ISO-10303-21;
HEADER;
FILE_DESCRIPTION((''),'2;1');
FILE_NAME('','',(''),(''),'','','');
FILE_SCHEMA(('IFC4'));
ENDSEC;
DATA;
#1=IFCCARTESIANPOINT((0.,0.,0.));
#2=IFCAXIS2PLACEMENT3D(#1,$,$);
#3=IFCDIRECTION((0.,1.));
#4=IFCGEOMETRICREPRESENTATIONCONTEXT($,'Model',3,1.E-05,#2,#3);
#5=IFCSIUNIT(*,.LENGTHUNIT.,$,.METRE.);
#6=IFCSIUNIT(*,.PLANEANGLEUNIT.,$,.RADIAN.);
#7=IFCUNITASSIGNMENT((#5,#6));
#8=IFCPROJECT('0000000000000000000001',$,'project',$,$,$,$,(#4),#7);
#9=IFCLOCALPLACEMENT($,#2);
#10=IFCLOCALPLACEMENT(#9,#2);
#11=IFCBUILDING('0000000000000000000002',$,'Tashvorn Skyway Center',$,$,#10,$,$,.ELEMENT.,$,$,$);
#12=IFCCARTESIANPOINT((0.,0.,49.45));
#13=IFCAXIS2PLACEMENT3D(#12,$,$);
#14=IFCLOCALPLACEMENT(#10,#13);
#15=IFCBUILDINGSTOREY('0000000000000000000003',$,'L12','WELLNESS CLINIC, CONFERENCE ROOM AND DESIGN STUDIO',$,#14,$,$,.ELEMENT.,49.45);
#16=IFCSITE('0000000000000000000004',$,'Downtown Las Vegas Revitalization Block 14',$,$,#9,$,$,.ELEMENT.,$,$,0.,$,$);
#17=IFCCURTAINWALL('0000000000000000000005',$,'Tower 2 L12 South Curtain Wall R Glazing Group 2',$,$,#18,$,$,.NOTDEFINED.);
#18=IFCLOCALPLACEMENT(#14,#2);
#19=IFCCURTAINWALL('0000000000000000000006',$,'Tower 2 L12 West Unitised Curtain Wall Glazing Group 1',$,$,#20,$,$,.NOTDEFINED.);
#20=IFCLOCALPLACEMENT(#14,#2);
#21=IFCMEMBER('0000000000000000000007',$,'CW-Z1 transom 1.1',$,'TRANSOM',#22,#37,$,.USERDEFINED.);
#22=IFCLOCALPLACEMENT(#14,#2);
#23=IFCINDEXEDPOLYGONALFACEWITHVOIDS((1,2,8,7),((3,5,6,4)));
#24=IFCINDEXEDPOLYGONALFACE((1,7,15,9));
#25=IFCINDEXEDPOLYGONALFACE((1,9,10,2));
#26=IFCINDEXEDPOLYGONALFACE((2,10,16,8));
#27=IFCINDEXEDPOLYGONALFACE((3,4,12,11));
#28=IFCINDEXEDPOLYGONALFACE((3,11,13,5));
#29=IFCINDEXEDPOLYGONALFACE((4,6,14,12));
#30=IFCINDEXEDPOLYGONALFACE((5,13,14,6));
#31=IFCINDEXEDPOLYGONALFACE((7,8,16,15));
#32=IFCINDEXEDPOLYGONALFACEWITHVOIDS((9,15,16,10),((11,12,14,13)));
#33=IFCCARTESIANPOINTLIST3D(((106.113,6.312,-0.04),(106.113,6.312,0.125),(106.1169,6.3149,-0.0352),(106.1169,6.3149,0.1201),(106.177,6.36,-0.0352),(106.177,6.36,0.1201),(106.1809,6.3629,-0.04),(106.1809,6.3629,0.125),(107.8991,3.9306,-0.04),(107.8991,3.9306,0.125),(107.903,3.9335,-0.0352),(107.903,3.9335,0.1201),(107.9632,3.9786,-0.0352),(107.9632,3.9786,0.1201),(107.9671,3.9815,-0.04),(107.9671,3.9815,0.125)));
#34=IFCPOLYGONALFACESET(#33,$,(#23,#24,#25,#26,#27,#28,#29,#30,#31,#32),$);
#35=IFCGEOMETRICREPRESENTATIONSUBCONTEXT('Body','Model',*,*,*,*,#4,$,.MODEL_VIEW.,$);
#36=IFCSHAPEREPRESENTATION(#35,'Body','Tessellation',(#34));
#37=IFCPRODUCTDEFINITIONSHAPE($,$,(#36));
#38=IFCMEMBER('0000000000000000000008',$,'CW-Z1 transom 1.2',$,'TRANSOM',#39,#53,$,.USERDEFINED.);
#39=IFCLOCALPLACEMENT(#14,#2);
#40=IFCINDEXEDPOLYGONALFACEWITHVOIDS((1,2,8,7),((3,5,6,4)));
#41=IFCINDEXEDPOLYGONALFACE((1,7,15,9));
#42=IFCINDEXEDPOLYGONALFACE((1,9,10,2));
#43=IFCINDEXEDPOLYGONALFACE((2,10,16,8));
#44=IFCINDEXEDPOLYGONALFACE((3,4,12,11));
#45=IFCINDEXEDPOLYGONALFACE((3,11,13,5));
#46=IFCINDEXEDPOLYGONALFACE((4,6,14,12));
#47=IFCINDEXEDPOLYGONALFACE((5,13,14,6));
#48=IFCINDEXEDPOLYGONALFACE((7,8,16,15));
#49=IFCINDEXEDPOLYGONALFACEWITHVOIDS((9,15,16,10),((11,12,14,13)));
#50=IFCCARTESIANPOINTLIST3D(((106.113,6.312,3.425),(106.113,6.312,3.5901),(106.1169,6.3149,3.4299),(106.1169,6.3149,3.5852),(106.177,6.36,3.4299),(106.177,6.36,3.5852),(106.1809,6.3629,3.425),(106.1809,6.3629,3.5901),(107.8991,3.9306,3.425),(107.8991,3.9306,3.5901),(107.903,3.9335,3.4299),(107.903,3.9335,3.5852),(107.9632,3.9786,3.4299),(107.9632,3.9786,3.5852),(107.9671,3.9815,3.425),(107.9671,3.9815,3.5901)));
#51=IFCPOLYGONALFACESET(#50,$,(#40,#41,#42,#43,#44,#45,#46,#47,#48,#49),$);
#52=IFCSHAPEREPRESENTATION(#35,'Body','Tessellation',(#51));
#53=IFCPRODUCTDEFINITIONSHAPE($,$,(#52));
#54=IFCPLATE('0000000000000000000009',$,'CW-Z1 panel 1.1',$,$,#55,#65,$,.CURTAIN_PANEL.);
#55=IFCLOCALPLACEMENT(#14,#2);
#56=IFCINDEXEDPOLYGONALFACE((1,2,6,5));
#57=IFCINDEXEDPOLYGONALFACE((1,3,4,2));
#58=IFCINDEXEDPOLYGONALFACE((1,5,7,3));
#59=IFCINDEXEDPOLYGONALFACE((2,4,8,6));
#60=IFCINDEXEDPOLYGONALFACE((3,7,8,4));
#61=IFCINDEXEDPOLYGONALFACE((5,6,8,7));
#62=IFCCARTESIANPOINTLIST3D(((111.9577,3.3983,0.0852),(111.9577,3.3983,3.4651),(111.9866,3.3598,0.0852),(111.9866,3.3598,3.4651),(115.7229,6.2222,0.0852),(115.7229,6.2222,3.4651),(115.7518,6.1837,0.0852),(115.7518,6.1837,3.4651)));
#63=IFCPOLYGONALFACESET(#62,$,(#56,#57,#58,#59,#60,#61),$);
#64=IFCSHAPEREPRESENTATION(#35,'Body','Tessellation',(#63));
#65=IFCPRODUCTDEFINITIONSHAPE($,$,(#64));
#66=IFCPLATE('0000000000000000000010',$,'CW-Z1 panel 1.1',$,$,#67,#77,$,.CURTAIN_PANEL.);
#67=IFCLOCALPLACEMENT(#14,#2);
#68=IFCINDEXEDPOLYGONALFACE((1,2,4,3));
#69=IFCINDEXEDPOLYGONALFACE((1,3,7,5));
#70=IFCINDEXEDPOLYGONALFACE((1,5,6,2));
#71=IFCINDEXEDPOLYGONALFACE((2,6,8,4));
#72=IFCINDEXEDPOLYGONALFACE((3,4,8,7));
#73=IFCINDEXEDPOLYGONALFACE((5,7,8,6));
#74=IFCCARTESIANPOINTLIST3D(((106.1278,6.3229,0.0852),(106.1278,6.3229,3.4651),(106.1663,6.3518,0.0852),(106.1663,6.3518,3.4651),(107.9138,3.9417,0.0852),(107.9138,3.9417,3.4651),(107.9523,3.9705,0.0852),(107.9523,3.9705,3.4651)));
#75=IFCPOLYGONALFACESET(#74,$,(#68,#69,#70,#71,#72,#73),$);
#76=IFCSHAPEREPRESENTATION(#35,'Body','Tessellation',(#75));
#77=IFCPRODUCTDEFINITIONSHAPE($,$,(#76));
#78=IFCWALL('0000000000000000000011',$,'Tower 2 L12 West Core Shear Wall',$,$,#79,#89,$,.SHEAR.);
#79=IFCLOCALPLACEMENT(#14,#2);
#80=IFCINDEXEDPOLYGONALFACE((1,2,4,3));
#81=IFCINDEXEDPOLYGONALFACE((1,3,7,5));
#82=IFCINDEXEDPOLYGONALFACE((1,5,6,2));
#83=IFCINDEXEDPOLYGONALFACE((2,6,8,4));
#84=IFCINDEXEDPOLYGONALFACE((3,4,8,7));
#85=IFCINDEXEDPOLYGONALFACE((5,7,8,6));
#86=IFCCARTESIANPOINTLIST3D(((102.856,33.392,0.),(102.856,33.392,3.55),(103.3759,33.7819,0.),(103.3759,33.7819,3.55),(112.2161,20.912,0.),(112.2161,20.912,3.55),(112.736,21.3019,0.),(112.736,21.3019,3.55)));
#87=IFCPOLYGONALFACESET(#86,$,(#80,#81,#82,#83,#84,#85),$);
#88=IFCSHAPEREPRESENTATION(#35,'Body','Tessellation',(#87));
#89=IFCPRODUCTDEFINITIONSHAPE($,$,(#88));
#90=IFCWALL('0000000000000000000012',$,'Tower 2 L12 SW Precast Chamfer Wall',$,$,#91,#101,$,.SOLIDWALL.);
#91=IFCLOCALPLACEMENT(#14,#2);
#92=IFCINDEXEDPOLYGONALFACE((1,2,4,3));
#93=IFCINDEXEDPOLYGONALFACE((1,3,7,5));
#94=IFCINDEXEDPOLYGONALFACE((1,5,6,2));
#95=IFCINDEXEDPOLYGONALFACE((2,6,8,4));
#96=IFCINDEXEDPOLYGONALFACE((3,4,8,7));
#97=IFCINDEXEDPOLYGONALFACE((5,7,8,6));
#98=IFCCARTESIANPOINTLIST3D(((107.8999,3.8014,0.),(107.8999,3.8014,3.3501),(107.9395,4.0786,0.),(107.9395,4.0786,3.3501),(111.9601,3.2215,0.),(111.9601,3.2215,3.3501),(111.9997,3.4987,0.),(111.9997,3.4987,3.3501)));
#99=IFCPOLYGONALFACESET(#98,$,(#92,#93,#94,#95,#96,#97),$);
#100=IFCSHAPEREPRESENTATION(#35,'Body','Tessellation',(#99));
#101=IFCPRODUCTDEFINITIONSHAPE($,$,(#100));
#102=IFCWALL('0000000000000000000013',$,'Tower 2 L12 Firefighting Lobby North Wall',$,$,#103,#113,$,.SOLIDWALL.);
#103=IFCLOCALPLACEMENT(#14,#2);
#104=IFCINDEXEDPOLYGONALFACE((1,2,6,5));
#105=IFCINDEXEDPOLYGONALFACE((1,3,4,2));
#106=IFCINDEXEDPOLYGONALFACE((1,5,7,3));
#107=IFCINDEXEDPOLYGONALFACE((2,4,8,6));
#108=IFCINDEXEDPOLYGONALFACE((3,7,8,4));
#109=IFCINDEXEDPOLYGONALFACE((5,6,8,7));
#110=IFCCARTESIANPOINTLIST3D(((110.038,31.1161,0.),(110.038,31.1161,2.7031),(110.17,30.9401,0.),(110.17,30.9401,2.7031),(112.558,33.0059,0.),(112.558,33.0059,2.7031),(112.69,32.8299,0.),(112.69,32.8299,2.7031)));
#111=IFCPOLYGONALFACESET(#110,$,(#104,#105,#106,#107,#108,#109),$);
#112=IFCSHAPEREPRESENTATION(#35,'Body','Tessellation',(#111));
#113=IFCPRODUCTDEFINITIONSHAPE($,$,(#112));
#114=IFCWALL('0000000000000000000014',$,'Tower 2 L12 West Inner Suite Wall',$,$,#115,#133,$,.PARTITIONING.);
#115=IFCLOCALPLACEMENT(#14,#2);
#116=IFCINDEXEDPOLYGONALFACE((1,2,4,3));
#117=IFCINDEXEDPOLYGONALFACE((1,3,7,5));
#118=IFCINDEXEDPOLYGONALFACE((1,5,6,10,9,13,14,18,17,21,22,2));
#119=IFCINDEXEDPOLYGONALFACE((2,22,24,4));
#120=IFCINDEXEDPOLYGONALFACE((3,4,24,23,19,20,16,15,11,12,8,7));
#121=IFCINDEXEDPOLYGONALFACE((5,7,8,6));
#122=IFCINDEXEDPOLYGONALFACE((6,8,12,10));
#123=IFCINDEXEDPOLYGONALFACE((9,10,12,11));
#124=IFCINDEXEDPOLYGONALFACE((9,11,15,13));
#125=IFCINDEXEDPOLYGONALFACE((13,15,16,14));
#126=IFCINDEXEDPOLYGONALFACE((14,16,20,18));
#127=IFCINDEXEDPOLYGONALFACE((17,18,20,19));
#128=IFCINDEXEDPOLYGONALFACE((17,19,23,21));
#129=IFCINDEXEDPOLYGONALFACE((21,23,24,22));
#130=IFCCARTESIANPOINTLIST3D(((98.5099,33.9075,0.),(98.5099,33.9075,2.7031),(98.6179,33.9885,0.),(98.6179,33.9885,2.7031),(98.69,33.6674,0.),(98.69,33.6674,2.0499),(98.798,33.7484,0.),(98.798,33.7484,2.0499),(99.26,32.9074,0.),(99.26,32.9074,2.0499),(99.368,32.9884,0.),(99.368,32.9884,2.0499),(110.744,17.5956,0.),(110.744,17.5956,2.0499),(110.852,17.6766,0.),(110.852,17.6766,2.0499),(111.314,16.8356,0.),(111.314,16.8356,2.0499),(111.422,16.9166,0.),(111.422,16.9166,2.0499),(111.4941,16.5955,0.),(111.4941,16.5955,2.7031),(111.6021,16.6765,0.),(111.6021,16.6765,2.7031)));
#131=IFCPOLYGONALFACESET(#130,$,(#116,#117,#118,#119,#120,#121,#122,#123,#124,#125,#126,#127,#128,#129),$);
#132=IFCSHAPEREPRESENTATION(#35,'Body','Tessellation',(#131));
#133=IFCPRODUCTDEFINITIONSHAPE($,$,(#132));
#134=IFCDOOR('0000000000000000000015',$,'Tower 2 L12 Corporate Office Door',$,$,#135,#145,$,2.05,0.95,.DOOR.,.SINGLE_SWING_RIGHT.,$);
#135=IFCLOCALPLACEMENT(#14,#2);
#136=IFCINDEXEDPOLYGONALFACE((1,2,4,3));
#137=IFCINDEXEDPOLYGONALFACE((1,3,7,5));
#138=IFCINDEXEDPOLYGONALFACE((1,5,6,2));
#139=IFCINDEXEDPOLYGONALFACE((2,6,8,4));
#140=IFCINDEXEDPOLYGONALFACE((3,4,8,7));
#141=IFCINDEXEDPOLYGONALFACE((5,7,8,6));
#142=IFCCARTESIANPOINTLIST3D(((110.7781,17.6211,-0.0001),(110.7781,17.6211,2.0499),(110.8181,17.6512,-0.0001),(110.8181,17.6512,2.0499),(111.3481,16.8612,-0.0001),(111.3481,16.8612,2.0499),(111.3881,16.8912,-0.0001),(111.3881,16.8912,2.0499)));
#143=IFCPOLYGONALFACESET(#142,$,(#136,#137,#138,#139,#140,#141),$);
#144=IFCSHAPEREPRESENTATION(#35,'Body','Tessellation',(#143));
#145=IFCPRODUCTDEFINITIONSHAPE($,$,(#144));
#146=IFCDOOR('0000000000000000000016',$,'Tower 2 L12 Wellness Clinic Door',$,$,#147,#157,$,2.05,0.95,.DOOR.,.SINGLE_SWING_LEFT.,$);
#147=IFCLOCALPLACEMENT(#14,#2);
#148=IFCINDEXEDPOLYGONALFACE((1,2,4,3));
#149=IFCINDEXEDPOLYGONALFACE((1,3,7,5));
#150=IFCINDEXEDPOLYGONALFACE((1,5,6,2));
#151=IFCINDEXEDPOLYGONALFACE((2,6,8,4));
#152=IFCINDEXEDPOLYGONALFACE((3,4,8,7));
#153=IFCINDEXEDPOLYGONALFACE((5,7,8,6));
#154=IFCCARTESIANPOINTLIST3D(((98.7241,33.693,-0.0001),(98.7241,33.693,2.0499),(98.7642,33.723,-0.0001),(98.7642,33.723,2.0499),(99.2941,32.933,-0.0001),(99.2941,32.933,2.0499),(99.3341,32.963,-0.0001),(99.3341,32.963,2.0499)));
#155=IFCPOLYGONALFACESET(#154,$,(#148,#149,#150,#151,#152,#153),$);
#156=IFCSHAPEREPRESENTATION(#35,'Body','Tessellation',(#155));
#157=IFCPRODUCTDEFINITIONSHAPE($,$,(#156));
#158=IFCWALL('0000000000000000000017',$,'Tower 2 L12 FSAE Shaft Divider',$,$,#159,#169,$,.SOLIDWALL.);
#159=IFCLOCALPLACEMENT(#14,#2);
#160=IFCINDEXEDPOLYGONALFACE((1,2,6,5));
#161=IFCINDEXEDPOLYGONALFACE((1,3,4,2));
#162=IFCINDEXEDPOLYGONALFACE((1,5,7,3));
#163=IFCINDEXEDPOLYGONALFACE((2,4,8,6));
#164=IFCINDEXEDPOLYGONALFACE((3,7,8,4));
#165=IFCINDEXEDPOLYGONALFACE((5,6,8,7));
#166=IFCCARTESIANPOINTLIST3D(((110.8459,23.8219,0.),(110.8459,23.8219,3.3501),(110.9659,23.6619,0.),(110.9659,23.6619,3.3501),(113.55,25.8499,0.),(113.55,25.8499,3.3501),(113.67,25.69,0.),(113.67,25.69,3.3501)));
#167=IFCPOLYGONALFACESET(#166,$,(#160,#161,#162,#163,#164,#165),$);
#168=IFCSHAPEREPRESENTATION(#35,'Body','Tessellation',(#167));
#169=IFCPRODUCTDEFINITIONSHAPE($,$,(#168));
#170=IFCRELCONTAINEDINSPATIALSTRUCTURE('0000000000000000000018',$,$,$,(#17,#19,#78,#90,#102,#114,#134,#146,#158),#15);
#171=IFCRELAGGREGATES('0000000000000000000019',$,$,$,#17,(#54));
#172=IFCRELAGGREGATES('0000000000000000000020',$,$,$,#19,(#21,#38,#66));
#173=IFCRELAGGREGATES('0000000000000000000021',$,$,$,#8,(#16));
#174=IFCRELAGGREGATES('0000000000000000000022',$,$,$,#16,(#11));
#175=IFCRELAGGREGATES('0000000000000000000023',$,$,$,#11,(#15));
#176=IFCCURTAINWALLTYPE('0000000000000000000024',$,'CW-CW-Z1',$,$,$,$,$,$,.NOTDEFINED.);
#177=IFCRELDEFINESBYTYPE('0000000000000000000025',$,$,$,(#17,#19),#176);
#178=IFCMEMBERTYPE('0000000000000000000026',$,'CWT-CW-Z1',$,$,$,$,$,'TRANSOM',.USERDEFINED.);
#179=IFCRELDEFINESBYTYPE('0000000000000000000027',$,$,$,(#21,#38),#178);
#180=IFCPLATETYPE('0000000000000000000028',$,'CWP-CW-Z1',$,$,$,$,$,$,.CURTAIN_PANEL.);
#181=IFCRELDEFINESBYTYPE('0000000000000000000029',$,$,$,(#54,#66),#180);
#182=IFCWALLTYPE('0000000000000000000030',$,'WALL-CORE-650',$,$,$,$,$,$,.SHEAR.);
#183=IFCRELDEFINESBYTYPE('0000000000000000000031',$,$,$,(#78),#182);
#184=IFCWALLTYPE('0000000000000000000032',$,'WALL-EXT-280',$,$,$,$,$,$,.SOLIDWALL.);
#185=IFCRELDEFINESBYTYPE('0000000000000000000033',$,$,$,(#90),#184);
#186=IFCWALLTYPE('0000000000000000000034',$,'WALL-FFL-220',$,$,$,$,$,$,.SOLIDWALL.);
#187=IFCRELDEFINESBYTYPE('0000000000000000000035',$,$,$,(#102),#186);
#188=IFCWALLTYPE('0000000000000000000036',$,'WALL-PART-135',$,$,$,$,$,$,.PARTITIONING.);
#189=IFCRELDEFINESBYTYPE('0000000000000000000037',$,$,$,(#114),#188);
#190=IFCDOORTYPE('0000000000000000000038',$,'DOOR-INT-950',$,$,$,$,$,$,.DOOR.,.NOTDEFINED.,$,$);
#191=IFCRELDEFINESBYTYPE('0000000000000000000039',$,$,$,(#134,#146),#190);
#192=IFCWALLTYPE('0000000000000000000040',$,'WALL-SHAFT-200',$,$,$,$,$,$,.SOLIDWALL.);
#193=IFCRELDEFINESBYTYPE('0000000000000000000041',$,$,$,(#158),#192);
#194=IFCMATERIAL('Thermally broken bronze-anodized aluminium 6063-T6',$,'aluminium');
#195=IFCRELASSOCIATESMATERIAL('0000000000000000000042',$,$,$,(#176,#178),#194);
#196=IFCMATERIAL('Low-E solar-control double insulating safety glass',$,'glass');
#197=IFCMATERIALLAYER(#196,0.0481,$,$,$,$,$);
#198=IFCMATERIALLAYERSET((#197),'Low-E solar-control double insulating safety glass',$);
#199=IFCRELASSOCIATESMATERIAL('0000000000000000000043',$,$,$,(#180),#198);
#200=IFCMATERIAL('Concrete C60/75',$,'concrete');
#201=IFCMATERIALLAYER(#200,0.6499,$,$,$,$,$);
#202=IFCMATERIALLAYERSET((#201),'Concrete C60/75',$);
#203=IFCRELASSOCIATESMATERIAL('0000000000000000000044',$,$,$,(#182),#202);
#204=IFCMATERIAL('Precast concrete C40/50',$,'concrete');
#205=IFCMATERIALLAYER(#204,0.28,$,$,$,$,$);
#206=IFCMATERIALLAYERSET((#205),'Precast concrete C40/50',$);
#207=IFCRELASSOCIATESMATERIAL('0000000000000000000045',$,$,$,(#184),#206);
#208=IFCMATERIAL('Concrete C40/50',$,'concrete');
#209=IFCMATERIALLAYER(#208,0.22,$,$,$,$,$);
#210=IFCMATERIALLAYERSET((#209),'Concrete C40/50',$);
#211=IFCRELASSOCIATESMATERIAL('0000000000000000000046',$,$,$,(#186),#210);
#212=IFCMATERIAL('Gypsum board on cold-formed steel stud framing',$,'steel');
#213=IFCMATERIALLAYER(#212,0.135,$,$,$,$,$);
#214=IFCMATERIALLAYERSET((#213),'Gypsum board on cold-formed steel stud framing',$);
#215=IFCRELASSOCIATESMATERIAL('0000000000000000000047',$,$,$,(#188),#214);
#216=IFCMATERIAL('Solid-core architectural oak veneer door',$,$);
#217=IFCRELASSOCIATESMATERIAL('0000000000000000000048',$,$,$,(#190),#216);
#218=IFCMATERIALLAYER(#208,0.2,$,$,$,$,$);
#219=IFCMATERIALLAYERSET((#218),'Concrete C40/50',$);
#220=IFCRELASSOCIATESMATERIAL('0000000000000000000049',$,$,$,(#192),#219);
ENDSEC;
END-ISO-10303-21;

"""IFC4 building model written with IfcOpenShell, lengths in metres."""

from ifc_helpers import new_model, si_unit, direction, frame, frame_2d, origin, origin_2d, place, context, subcontext, project, spatial, rectangle, hollow_rectangle, extrude, material, layer, layer_set, material_profile, profile_set, type_object, element, fill, aggregate, save


model = new_model("IFC4")

# Units and contexts
model_context = context("Model", 3, precision=1e-05, world=origin(), true_north=direction((0.0, 1.0)))
body_context = subcontext(model_context, "Body", "Model", "MODEL_VIEW")
ifc_project = project(units=[si_unit("LENGTHUNIT", "METRE"), si_unit("PLANEANGLEUNIT", "RADIAN")], contexts=[model_context])

# Site, building, storey
site_placement = place(None, origin())
site = spatial("IfcSite", under=ifc_project, at=site_placement, Name="Downtown Las Vegas Revitalization Block 14", CompositionType="ELEMENT", RefElevation=0.0)
building_placement = place(site_placement, origin())
building = spatial("IfcBuilding", under=site, at=building_placement, Name="Tashvorn Skyway Center", CompositionType="ELEMENT")
storey_placement = place(building_placement, frame((0.0, 0.0, 49.45)))
storey = spatial("IfcBuildingStorey", under=building, at=storey_placement, Name="L12", Description="WELLNESS CLINIC, CONFERENCE ROOM AND DESIGN STUDIO", CompositionType="ELEMENT", Elevation=49.45)

# Shared definitions
ifc_material_1 = material(Name="Concrete C60/75", Category="concrete")

# Curtain wall
ifc_material_2 = material(Name="Thermally broken bronze-anodized aluminium 6063-T6", Category="aluminium")
curtain_wall_type = type_object("IfcCurtainWallType", Name="CW-CW-Z1", PredefinedType="NOTDEFINED", material=ifc_material_2)
curtain_wall_1_placement = place(storey_placement, origin())
curtain_wall_1 = element("IfcCurtainWall", 1, at=curtain_wall_1_placement, inside=storey, type_object=curtain_wall_type, Name="Tower 2 L12 South Curtain Wall R Glazing Group 2", PredefinedType="NOTDEFINED")

# Curtain wall, members
curtain_wall_2_placement = place(storey_placement, origin())
curtain_wall_2 = element("IfcCurtainWall", 2, at=curtain_wall_2_placement, inside=storey, type_object=curtain_wall_type, Name="Tower 2 L12 West Unitised Curtain Wall Glazing Group 1", PredefinedType="NOTDEFINED")
ifc_material_profile_1 = material_profile(ifc_material_2, hollow_rectangle(XDim=0.085, YDim=0.165, WallThickness=0.0049, at=origin_2d()), Name="ALU-TRAN-85x165")
ifc_profile_set_1 = profile_set([ifc_material_profile_1], Name="Thermally broken bronze-anodized aluminium 6063-T6")
member_type_1 = type_object("IfcMemberType", Name="CWT-CW-Z1", ElementType="TRANSOM", PredefinedType="USERDEFINED", material=ifc_profile_set_1)
member_1_placement = place(storey_placement, frame((107.9331, 3.9561, 0.0425), z_axis=(-0.600026, 0.79998, 0.0), x_axis=(-0.79998, -0.600026, 0.0)))
member_1 = element("IfcMember", 3, at=member_1_placement, type_object=member_type_1, Name="CW-Z1 transom 1.1", ObjectType="TRANSOM", PredefinedType="USERDEFINED", context=body_context, shape_type="SweptSolid", body=[
    extrude(hollow_rectangle(XDim=0.085, YDim=0.165, WallThickness=0.0049, at=origin_2d()), origin(), (0.0, 0.0, 1.0), 2.9768),
])
member_2_placement = place(storey_placement, frame((107.9331, 3.9561, 3.5076), z_axis=(-0.600026, 0.79998, 0.0), x_axis=(-0.79998, -0.600026, 0.0)))
member_2 = element("IfcMember", 4, at=member_2_placement, type_object=member_type_1, Name="CW-Z1 transom 1.2", ObjectType="TRANSOM", PredefinedType="USERDEFINED", context=body_context, shape_type="SweptSolid", body=[
    extrude(hollow_rectangle(XDim=0.085, YDim=0.165, WallThickness=0.0049, at=origin_2d()), origin(), (0.0, 0.0, 1.0), 2.9768),
])

# Plates
ifc_material_3 = material(Name="Low-E solar-control double insulating safety glass", Category="glass")
ifc_layer_1 = layer(ifc_material_3, 0.0481)
ifc_layer_set_1 = layer_set([ifc_layer_1], Name="Low-E solar-control double insulating safety glass")
plate_type = type_object("IfcPlateType", Name="CWP-CW-Z1", PredefinedType="CURTAIN_PANEL", material=ifc_layer_set_1)
plate_1_placement = place(storey_placement, frame((113.8547, 4.791, 0.0852), z_axis=(0.0, 0.0, 1.0), x_axis=(-0.799998, -0.600003, 0.0)))
plate_1 = element("IfcPlate", 5, at=plate_1_placement, type_object=plate_type, Name="CW-Z1 panel 1.1", PredefinedType="CURTAIN_PANEL", context=body_context, shape_type="SweptSolid", body=[
    extrude(rectangle(XDim=4.7065, YDim=0.0481, at=origin_2d()), origin(), (0.0, 0.0, 1.0), 3.3799),
])
aggregate(curtain_wall_1, [plate_1])
plate_2_placement = place(storey_placement, frame((107.04, 5.1467, 0.0852), z_axis=(0.0, 0.0, 1.0), x_axis=(-0.600005, 0.799996, 0.0)))
plate_2 = element("IfcPlate", 6, at=plate_2_placement, type_object=plate_type, Name="CW-Z1 panel 1.1", PredefinedType="CURTAIN_PANEL", context=body_context, shape_type="SweptSolid", body=[
    extrude(rectangle(XDim=2.9766, YDim=0.0481, at=origin_2d()), origin(), (0.0, 0.0, 1.0), 3.3799),
])
aggregate(curtain_wall_2, [member_1, member_2, plate_2])

# Walls
ifc_layer_2 = layer(ifc_material_1, 0.6499)
ifc_layer_set_2 = layer_set([ifc_layer_2], Name="Concrete C60/75")
wall_type_1 = type_object("IfcWallType", Name="WALL-CORE-650", PredefinedType="SHEAR", material=ifc_layer_set_2)
wall_1_placement = place(storey_placement, frame((112.4761, 21.1069, 0.0), z_axis=(0.0, 0.0, 1.0), x_axis=(-0.600005, 0.799996, 0.0)))
element("IfcWall", 7, at=wall_1_placement, inside=storey, type_object=wall_type_1, Name="Tower 2 L12 West Core Shear Wall", PredefinedType="SHEAR", context=body_context, shape_type="SweptSolid", body=[
    extrude(rectangle(XDim=15.6001, YDim=0.6499, at=frame_2d((7.8, 0.0))), origin(), (0.0, 0.0, 1.0), 3.55),
])
ifc_material_4 = material(Name="Precast concrete C40/50", Category="concrete")
ifc_layer_3 = layer(ifc_material_4, 0.28)
ifc_layer_set_3 = layer_set([ifc_layer_3], Name="Precast concrete C40/50")
wall_type_2 = type_object("IfcWallType", Name="WALL-EXT-280", PredefinedType="SOLIDWALL", material=ifc_layer_set_3)
wall_2_placement = place(storey_placement, frame((111.98, 3.3601, 0.0), z_axis=(0.0, 0.0, 1.0), x_axis=(-0.989955, 0.14138, 0.0)))
element("IfcWall", 8, at=wall_2_placement, inside=storey, type_object=wall_type_2, Name="Tower 2 L12 SW Precast Chamfer Wall", PredefinedType="SOLIDWALL", context=body_context, shape_type="SweptSolid", body=[
    extrude(rectangle(XDim=4.1013, YDim=0.28, at=frame_2d((2.0508, 0.0))), origin(), (0.0, 0.0, 1.0), 3.3501),
])
ifc_material_5 = material(Name="Concrete C40/50", Category="concrete")
ifc_layer_4 = layer(ifc_material_5, 0.22)
ifc_layer_set_4 = layer_set([ifc_layer_4], Name="Concrete C40/50")
wall_type_3 = type_object("IfcWallType", Name="WALL-FFL-220", PredefinedType="SOLIDWALL", material=ifc_layer_set_4)
wall_3_placement = place(storey_placement, frame((110.104, 31.0281, 0.0), z_axis=(0.0, 0.0, 1.0), x_axis=(0.800019, 0.599975, 0.0)))
element("IfcWall", 9, at=wall_3_placement, inside=storey, type_object=wall_type_3, Name="Tower 2 L12 Firefighting Lobby North Wall", PredefinedType="SOLIDWALL", context=body_context, shape_type="SweptSolid", body=[
    extrude(rectangle(XDim=3.1499, YDim=0.22, at=frame_2d((1.575, 0.0))), origin(), (0.0, 0.0, 1.0), 2.7031),
])

# Wall, openings, doors
ifc_material_6 = material(Name="Gypsum board on cold-formed steel stud framing", Category="steel")
ifc_layer_5 = layer(ifc_material_6, 0.135)
ifc_layer_set_5 = layer_set([ifc_layer_5], Name="Gypsum board on cold-formed steel stud framing")
wall_type_4 = type_object("IfcWallType", Name="WALL-PART-135", PredefinedType="PARTITIONING", material=ifc_layer_set_5)
wall_4_placement = place(storey_placement, frame((111.5481, 16.636, 0.0), z_axis=(0.0, 0.0, 1.0), x_axis=(-0.600004, 0.799997, 0.0)))
wall_4 = element("IfcWall", 10, at=wall_4_placement, inside=storey, type_object=wall_type_4, Name="Tower 2 L12 West Inner Suite Wall", PredefinedType="PARTITIONING", context=body_context, shape_type="SweptSolid", body=[
    extrude(rectangle(XDim=21.6401, YDim=0.135, at=frame_2d((10.8201, 0.0))), origin(), (0.0, 0.0, 1.0), 2.7031),
])
opening_1_placement = place(wall_4_placement, frame((0.3, 0.0, 0.0)))
opening_1 = element("IfcOpeningElement", 11, at=opening_1_placement, cuts=wall_4, PredefinedType="OPENING", context=body_context, shape_type="SweptSolid", body=[
    extrude(rectangle(XDim=0.95, YDim=2.05, at=frame_2d((0.4751, 1.0249))), frame((0.0, 0.0774, 0.0), z_axis=(0.0, -1.0, 0.0), x_axis=(1.0, 0.0, 0.0)), (0.0, 0.0, 1.0), 0.155),
])
opening_2_placement = place(wall_4_placement, frame((20.3899, 0.0, 0.0)))
opening_2 = element("IfcOpeningElement", 12, at=opening_2_placement, cuts=wall_4, PredefinedType="OPENING", context=body_context, shape_type="SweptSolid", body=[
    extrude(rectangle(XDim=0.95, YDim=2.05, at=frame_2d((0.4751, 1.0249))), frame((0.0, 0.0774, 0.0), z_axis=(0.0, -1.0, 0.0), x_axis=(1.0, 0.0, 0.0)), (0.0, 0.0, 1.0), 0.155),
])
ifc_material_7 = material(Name="Solid-core architectural oak veneer door")
door_type_1 = type_object("IfcDoorType", Name="DOOR-INT-950", OperationType="NOTDEFINED", PredefinedType="DOOR", material=ifc_material_7)
door_1_placement = place(opening_1_placement, origin())
door_1 = element("IfcDoor", 13, at=door_1_placement, inside=storey, type_object=door_type_1, Name="Tower 2 L12 Corporate Office Door", OperationType="SINGLE_SWING_RIGHT", OverallHeight=2.05, OverallWidth=0.95, PredefinedType="DOOR", context=body_context, shape_type="SweptSolid", body=[
    extrude(rectangle(XDim=0.95, YDim=2.05, at=frame_2d((0.4751, 1.0249))), frame((0.0, 0.0249, 0.0), z_axis=(0.0, -1.0, 0.0), x_axis=(1.0, 0.0, 0.0)), (0.0, 0.0, 1.0), 0.05),
])
fill(opening_1, door_1)
door_2_placement = place(opening_2_placement, origin())
door_2 = element("IfcDoor", 14, at=door_2_placement, inside=storey, type_object=door_type_1, Name="Tower 2 L12 Wellness Clinic Door", OperationType="SINGLE_SWING_LEFT", OverallHeight=2.05, OverallWidth=0.95, PredefinedType="DOOR", context=body_context, shape_type="SweptSolid", body=[
    extrude(rectangle(XDim=0.95, YDim=2.05, at=frame_2d((0.4751, 1.0249))), frame((0.0, 0.0249, 0.0), z_axis=(0.0, -1.0, 0.0), x_axis=(1.0, 0.0, 0.0)), (0.0, 0.0, 1.0), 0.05),
])
fill(opening_2, door_2)

# Wall
ifc_layer_6 = layer(ifc_material_5, 0.2)
ifc_layer_set_6 = layer_set([ifc_layer_6], Name="Concrete C40/50")
wall_type_5 = type_object("IfcWallType", Name="WALL-SHAFT-200", PredefinedType="SOLIDWALL", material=ifc_layer_set_6)
for number, where, z_axis, x_axis, name in (
    (15, (110.906, 23.7419, 0.0), (0.0, 0.0, 1.0), (0.8, 0.6, 0.0), "Tower 2 L12 FSAE Shaft Divider"),
):
    element("IfcWall", number, at=place(storey_placement, frame(where, z_axis=z_axis, x_axis=x_axis)), inside=storey, type_object=wall_type_5, Name=name, PredefinedType="SOLIDWALL", context=body_context, shape_type="SweptSolid", body=[
        extrude(rectangle(XDim=3.3801, YDim=0.2, at=frame_2d((1.6899, 0.0))), origin(), (0.0, 0.0, 1.0), 3.3501),
    ])

save(model, "model.ifc")
